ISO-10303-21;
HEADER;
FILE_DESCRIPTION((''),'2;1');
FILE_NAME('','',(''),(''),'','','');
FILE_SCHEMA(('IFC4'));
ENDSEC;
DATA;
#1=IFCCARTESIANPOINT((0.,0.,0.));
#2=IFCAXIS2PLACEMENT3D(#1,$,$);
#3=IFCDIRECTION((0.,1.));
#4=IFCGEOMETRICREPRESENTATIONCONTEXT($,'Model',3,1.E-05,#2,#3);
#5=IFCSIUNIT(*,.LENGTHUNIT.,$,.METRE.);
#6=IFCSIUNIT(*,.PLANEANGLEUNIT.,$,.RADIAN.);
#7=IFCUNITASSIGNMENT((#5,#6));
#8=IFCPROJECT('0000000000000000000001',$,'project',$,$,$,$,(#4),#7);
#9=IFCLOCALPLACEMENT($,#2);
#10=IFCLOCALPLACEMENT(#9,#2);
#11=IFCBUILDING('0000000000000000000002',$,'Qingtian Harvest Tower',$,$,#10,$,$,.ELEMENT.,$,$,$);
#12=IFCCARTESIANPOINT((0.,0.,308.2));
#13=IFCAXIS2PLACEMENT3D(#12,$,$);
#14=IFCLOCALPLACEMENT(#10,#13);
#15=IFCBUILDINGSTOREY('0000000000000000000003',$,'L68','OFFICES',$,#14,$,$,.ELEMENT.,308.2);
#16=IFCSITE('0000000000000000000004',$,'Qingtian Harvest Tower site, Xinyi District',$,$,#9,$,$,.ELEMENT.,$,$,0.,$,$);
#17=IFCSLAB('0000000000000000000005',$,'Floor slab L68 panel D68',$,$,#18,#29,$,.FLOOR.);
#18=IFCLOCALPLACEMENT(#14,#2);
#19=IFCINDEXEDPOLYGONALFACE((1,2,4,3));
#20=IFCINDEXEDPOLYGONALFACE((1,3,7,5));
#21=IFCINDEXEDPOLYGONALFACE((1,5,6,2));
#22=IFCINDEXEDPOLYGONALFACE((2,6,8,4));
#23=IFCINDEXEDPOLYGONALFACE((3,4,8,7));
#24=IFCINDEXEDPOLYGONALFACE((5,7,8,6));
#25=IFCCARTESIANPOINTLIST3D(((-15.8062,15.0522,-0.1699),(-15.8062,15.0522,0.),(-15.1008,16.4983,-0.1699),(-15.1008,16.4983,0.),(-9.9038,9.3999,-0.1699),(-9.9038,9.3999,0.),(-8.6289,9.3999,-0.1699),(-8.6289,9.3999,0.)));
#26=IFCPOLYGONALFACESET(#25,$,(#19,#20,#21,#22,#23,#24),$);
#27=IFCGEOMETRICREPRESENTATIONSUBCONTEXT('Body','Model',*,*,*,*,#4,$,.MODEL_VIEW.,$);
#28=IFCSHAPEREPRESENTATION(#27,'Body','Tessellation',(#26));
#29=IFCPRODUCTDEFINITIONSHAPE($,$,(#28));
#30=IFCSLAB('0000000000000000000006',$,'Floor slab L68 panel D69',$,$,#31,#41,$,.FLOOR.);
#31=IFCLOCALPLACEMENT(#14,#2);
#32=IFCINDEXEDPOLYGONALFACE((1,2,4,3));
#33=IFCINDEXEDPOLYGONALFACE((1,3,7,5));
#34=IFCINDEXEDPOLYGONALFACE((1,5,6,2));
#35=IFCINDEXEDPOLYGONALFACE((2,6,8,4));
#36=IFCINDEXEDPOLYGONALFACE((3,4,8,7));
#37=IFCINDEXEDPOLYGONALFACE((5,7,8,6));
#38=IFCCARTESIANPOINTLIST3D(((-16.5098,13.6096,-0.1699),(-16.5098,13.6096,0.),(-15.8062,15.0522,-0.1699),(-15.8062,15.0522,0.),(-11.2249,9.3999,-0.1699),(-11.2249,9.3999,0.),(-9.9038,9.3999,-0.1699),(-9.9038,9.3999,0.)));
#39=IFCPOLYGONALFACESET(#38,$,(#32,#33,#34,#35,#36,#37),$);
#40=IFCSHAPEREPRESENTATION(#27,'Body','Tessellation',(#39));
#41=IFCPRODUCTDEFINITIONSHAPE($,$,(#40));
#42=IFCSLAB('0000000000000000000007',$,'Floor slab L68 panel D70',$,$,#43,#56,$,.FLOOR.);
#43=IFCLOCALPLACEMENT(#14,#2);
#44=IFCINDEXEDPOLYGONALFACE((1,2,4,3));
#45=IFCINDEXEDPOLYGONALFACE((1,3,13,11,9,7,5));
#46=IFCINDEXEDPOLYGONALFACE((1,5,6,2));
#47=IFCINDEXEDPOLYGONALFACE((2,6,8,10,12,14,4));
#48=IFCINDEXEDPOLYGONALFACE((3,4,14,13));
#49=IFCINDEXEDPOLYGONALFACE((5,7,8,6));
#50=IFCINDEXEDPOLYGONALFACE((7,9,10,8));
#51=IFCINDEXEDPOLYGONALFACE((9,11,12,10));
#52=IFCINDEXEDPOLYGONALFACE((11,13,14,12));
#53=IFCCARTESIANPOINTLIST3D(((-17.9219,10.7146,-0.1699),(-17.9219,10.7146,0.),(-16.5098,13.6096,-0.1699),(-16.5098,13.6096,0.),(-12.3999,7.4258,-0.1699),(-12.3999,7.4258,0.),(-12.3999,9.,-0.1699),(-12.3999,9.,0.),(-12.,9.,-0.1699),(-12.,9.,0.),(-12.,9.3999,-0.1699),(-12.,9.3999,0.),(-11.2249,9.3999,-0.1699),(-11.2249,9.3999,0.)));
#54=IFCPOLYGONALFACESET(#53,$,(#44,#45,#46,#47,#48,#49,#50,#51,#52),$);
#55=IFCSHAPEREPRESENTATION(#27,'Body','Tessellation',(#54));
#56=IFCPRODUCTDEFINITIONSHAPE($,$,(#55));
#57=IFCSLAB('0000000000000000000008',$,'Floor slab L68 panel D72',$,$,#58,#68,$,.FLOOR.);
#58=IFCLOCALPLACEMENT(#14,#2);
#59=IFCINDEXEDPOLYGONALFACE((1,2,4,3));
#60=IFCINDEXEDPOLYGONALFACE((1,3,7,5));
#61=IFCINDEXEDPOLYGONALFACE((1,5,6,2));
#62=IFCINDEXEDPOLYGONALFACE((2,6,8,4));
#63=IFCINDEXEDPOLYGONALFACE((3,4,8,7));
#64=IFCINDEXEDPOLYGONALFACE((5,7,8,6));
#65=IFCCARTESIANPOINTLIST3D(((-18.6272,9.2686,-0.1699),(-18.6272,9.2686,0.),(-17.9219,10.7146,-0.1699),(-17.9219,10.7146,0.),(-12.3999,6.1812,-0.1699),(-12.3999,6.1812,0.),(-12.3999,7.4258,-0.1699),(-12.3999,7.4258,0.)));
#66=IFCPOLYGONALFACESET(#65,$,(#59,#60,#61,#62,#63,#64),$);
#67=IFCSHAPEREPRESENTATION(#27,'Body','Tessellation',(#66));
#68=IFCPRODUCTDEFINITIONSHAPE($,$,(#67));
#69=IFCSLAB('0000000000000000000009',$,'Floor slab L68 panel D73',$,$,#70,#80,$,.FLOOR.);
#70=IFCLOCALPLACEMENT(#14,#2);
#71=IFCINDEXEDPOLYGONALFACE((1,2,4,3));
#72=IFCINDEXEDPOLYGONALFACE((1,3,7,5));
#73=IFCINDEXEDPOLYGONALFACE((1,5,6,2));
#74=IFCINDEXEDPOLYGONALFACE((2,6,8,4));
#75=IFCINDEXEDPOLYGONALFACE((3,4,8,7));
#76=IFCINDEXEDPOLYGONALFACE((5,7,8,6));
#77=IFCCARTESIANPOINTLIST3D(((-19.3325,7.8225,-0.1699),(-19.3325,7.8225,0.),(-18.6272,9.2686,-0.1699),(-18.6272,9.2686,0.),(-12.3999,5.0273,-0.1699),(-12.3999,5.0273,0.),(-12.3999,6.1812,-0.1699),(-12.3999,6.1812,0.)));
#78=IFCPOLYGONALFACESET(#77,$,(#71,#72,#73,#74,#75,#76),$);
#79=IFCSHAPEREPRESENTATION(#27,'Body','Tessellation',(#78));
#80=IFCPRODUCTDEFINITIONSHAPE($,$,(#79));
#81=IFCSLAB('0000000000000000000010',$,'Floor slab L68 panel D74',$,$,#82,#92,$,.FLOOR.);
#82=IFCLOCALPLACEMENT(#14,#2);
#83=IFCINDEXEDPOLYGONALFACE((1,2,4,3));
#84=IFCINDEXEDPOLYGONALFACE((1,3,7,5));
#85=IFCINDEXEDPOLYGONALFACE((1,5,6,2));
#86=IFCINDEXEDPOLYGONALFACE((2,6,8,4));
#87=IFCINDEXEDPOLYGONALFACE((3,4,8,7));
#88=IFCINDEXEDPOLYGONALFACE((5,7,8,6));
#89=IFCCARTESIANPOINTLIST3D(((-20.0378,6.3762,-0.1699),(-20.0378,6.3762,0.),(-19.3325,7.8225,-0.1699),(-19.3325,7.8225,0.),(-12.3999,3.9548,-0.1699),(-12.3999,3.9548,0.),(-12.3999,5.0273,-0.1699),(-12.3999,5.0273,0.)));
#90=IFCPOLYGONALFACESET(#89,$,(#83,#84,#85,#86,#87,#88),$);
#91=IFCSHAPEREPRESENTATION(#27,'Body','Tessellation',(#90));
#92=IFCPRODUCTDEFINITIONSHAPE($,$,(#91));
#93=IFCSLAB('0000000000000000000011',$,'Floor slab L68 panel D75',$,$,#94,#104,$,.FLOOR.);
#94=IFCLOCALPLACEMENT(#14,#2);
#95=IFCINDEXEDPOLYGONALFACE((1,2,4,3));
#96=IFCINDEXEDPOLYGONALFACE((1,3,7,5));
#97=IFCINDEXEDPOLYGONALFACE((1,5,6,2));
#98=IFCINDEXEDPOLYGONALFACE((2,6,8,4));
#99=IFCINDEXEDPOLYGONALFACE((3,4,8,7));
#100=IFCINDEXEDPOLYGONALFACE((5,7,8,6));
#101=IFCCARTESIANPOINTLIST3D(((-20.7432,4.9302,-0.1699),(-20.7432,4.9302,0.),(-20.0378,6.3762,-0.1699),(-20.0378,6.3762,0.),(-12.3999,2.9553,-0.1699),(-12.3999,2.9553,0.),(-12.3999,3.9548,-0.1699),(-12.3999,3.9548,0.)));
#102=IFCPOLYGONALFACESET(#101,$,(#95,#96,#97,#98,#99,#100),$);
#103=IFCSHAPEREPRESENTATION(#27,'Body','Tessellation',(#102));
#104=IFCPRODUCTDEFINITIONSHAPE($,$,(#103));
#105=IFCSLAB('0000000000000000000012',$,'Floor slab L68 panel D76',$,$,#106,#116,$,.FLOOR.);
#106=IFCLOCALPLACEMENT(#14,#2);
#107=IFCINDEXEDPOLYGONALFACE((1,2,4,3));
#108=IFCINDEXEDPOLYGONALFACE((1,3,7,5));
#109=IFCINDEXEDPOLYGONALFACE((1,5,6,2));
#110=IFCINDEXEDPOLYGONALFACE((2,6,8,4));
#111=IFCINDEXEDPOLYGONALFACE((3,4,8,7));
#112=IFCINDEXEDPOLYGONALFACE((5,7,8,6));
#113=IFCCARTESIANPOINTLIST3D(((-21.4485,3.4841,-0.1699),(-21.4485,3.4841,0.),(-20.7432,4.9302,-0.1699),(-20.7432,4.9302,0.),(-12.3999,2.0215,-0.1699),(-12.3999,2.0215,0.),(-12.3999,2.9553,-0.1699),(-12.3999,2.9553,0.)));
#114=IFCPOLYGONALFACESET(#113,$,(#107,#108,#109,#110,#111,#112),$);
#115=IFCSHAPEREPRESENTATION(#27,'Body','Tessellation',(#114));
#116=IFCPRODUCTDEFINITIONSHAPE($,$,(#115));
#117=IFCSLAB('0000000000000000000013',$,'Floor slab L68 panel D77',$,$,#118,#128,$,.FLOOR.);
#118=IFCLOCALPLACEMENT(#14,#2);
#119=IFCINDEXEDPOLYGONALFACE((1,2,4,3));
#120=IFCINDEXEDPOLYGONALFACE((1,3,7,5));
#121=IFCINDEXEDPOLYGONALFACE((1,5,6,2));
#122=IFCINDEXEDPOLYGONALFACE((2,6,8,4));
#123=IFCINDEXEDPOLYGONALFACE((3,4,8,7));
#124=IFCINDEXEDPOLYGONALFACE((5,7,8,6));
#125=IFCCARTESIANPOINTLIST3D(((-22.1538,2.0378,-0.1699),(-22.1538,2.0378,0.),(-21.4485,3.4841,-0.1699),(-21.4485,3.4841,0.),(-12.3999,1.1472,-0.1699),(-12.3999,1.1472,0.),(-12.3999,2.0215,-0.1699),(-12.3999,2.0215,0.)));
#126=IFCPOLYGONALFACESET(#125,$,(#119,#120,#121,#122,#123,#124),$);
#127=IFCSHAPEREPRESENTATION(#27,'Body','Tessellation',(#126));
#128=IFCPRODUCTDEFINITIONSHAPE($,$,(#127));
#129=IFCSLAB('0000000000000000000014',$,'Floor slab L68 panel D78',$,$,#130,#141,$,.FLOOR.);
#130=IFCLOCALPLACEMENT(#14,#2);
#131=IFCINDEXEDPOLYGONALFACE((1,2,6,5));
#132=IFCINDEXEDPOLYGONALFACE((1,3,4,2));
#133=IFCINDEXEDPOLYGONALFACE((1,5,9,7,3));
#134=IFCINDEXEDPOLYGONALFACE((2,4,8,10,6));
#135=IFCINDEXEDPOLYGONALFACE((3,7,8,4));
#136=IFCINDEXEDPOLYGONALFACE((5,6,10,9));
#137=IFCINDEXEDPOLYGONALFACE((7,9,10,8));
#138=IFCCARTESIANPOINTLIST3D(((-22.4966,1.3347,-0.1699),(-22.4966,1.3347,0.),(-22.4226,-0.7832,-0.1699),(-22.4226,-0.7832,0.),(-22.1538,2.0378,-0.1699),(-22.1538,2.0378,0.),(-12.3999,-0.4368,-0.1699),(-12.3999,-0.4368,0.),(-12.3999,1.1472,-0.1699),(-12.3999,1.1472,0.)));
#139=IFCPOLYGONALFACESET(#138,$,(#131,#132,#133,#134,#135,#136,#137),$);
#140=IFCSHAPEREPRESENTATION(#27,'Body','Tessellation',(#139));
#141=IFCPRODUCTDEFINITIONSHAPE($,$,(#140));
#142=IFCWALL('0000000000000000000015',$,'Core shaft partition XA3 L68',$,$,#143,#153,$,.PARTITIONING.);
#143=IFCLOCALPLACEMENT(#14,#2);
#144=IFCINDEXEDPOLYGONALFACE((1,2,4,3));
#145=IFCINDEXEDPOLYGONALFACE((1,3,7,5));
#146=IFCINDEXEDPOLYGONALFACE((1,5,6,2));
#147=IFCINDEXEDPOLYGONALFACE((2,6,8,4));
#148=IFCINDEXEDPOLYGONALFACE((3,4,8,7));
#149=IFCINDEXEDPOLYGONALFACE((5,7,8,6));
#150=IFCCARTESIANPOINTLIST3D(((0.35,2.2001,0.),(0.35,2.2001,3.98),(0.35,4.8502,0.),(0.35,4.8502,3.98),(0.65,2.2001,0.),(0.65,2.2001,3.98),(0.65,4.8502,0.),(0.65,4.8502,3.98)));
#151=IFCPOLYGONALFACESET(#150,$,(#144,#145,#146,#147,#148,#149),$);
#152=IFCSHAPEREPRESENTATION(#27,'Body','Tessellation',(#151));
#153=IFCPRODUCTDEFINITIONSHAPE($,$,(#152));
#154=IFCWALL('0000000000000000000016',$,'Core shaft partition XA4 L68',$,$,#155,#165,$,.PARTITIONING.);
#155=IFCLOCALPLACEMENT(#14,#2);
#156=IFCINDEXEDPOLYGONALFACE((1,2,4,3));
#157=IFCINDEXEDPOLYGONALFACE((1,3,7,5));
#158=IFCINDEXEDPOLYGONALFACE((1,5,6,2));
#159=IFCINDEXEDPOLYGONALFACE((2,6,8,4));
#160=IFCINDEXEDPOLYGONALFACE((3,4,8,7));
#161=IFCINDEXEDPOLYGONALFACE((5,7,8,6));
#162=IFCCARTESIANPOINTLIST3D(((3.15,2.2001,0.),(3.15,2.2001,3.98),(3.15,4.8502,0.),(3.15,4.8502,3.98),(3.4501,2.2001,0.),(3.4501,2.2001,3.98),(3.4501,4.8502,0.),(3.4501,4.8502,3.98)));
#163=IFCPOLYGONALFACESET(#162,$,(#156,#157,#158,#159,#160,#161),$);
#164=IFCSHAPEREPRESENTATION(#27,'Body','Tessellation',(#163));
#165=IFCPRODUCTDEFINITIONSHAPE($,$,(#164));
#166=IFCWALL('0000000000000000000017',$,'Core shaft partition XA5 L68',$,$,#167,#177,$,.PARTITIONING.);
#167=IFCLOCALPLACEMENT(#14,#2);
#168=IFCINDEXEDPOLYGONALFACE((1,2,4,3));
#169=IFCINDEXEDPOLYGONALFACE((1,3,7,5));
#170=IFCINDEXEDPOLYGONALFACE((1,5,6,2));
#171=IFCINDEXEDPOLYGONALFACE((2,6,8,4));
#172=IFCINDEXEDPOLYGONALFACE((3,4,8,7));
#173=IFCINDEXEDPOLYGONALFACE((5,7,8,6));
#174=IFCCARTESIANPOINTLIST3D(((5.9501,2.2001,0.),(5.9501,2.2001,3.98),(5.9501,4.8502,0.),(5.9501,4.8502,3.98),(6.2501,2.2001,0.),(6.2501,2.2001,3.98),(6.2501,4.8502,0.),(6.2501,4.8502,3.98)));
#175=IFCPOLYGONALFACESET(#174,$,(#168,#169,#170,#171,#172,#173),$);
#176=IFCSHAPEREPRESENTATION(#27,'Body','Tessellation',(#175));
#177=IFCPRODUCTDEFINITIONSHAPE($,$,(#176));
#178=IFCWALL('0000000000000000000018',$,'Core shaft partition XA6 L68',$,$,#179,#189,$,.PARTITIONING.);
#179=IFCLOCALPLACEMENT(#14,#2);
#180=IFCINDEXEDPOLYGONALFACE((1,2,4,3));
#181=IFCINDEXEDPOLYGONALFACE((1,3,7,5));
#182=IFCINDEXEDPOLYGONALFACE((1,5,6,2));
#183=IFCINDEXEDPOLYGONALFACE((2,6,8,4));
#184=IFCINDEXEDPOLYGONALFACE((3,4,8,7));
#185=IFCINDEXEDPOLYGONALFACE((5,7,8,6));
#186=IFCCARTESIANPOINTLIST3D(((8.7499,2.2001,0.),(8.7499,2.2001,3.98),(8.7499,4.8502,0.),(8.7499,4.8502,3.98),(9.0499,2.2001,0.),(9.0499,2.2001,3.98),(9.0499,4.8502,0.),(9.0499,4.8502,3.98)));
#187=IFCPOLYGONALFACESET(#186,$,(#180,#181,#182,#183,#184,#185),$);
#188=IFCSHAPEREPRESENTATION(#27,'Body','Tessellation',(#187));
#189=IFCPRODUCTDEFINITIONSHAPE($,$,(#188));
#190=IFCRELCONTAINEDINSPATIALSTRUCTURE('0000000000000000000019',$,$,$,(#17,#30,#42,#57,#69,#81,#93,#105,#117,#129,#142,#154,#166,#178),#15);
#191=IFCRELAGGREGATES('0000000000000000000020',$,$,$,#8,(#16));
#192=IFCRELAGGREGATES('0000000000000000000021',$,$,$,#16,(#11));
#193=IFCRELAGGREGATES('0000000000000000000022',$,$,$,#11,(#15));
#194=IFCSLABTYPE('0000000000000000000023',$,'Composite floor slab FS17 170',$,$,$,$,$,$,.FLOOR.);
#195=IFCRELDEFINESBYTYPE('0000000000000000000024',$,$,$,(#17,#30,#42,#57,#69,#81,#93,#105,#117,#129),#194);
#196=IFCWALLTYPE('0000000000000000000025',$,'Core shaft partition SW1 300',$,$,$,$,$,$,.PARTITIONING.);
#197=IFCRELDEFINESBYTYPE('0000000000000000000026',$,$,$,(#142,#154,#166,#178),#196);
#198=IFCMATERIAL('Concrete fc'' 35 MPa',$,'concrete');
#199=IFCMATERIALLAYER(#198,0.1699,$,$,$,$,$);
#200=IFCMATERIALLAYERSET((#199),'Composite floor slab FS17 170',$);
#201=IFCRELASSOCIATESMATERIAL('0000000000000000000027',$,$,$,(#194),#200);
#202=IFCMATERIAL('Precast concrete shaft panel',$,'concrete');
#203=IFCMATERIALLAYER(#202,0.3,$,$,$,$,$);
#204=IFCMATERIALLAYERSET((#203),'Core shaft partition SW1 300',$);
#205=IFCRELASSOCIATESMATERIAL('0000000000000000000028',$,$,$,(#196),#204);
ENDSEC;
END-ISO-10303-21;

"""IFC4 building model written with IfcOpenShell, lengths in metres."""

from ifc_helpers import new_model, si_unit, direction, frame, frame_2d, origin, place, context, subcontext, project, spatial, polyline, rectangle, outline, extrude, material, layer, layer_set, type_object, element, save


model = new_model("IFC4")

# Units and contexts
model_context = context("Model", 3, precision=1e-05, world=origin(), true_north=direction((0.0, 1.0)))
body_context = subcontext(model_context, "Body", "Model", "MODEL_VIEW")
ifc_project = project(units=[si_unit("LENGTHUNIT", "METRE"), si_unit("PLANEANGLEUNIT", "RADIAN")], contexts=[model_context])

# Site, building, storey
site_placement = place(None, origin())
site = spatial("IfcSite", under=ifc_project, at=site_placement, Name="Qingtian Harvest Tower site, Xinyi District", CompositionType="ELEMENT", RefElevation=0.0)
building_placement = place(site_placement, origin())
building = spatial("IfcBuilding", under=site, at=building_placement, Name="Qingtian Harvest Tower", CompositionType="ELEMENT")
storey_placement = place(building_placement, frame((0.0, 0.0, 308.2)))
storey = spatial("IfcBuildingStorey", under=building, at=storey_placement, Name="L68", Description="OFFICES", CompositionType="ELEMENT", Elevation=308.2)

# Slabs
ifc_material_1 = material(Name="Concrete fc' 35 MPa", Category="concrete")
ifc_layer_1 = layer(ifc_material_1, 0.1699)
ifc_layer_set_1 = layer_set([ifc_layer_1], Name="Composite floor slab FS17 170")
slab_type = type_object("IfcSlabType", Name="Composite floor slab FS17 170", PredefinedType="FLOOR", material=ifc_layer_set_1)
slab_1_placement = place(storey_placement, frame((0.0, 0.0, -0.1699)))
element("IfcSlab", 1, at=slab_1_placement, inside=storey, type_object=slab_type, Name="Floor slab L68 panel D68", PredefinedType="FLOOR", context=body_context, shape_type="SweptSolid", body=[
    extrude(outline(polyline([(-9.9038, 9.3999), (-15.8062, 15.0522), (-15.1008, 16.4983), (-8.6289, 9.3999), (-9.9038, 9.3999)])), origin(), (0.0, 0.0, 1.0), 0.1699),
])
slab_2_placement = place(storey_placement, frame((0.0, 0.0, -0.1699)))
element("IfcSlab", 2, at=slab_2_placement, inside=storey, type_object=slab_type, Name="Floor slab L68 panel D69", PredefinedType="FLOOR", context=body_context, shape_type="SweptSolid", body=[
    extrude(outline(polyline([(-11.2249, 9.3999), (-16.5098, 13.6096), (-15.8062, 15.0522), (-9.9038, 9.3999), (-11.2249, 9.3999)])), origin(), (0.0, 0.0, 1.0), 0.1699),
])
slab_3_placement = place(storey_placement, frame((0.0, 0.0, -0.1699)))
element("IfcSlab", 3, at=slab_3_placement, inside=storey, type_object=slab_type, Name="Floor slab L68 panel D70", PredefinedType="FLOOR", context=body_context, shape_type="SweptSolid", body=[
    extrude(outline(polyline([(-12.0, 9.0), (-12.3999, 9.0), (-12.3999, 7.4258), (-17.9219, 10.7146), (-16.5098, 13.6096), (-11.2249, 9.3999), (-12.0, 9.3999), (-12.0, 9.0)])), origin(), (0.0, 0.0, 1.0), 0.1699),
])
slab_4_placement = place(storey_placement, frame((0.0, 0.0, -0.1699)))
element("IfcSlab", 4, at=slab_4_placement, inside=storey, type_object=slab_type, Name="Floor slab L68 panel D72", PredefinedType="FLOOR", context=body_context, shape_type="SweptSolid", body=[
    extrude(outline(polyline([(-12.3999, 6.1812), (-18.6272, 9.2686), (-17.9219, 10.7146), (-12.3999, 7.4258), (-12.3999, 6.1812)])), origin(), (0.0, 0.0, 1.0), 0.1699),
])
slab_5_placement = place(storey_placement, frame((0.0, 0.0, -0.1699)))
element("IfcSlab", 5, at=slab_5_placement, inside=storey, type_object=slab_type, Name="Floor slab L68 panel D73", PredefinedType="FLOOR", context=body_context, shape_type="SweptSolid", body=[
    extrude(outline(polyline([(-12.3999, 5.0273), (-19.3325, 7.8225), (-18.6272, 9.2686), (-12.3999, 6.1812), (-12.3999, 5.0273)])), origin(), (0.0, 0.0, 1.0), 0.1699),
])
slab_6_placement = place(storey_placement, frame((0.0, 0.0, -0.1699)))
element("IfcSlab", 6, at=slab_6_placement, inside=storey, type_object=slab_type, Name="Floor slab L68 panel D74", PredefinedType="FLOOR", context=body_context, shape_type="SweptSolid", body=[
    extrude(outline(polyline([(-12.3999, 3.9548), (-20.0378, 6.3762), (-19.3325, 7.8225), (-12.3999, 5.0273), (-12.3999, 3.9548)])), origin(), (0.0, 0.0, 1.0), 0.1699),
])
slab_7_placement = place(storey_placement, frame((0.0, 0.0, -0.1699)))
element("IfcSlab", 7, at=slab_7_placement, inside=storey, type_object=slab_type, Name="Floor slab L68 panel D75", PredefinedType="FLOOR", context=body_context, shape_type="SweptSolid", body=[
    extrude(outline(polyline([(-12.3999, 2.9553), (-20.7432, 4.9302), (-20.0378, 6.3762), (-12.3999, 3.9548), (-12.3999, 2.9553)])), origin(), (0.0, 0.0, 1.0), 0.1699),
])
slab_8_placement = place(storey_placement, frame((0.0, 0.0, -0.1699)))
element("IfcSlab", 8, at=slab_8_placement, inside=storey, type_object=slab_type, Name="Floor slab L68 panel D76", PredefinedType="FLOOR", context=body_context, shape_type="SweptSolid", body=[
    extrude(outline(polyline([(-12.3999, 2.0215), (-21.4485, 3.4841), (-20.7432, 4.9302), (-12.3999, 2.9553), (-12.3999, 2.0215)])), origin(), (0.0, 0.0, 1.0), 0.1699),
])
slab_9_placement = place(storey_placement, frame((0.0, 0.0, -0.1699)))
element("IfcSlab", 9, at=slab_9_placement, inside=storey, type_object=slab_type, Name="Floor slab L68 panel D77", PredefinedType="FLOOR", context=body_context, shape_type="SweptSolid", body=[
    extrude(outline(polyline([(-12.3999, 1.1472), (-22.1538, 2.0378), (-21.4485, 3.4841), (-12.3999, 2.0215), (-12.3999, 1.1472)])), origin(), (0.0, 0.0, 1.0), 0.1699),
])
slab_10_placement = place(storey_placement, frame((0.0, 0.0, -0.1699)))
element("IfcSlab", 10, at=slab_10_placement, inside=storey, type_object=slab_type, Name="Floor slab L68 panel D78", PredefinedType="FLOOR", context=body_context, shape_type="SweptSolid", body=[
    extrude(outline(polyline([(-12.3999, 1.1472), (-12.3999, -0.4368), (-22.4226, -0.7832), (-22.4966, 1.3347), (-22.1538, 2.0378), (-12.3999, 1.1472)])), origin(), (0.0, 0.0, 1.0), 0.1699),
])

# Walls
ifc_material_2 = material(Name="Precast concrete shaft panel", Category="concrete")
ifc_layer_2 = layer(ifc_material_2, 0.3)
ifc_layer_set_2 = layer_set([ifc_layer_2], Name="Core shaft partition SW1 300")
wall_type_1 = type_object("IfcWallType", Name="Core shaft partition SW1 300", PredefinedType="PARTITIONING", material=ifc_layer_set_2)
for number, where, z_axis, x_axis, name in (
    (11, (0.5, 2.2, 0.0), (0.0, 0.0, 1.0), (0.0, 1.0, 0.0), "Core shaft partition XA3 L68"),
    (12, (3.3, 2.2, 0.0), (0.0, 0.0, 1.0), (0.0, 1.0, 0.0), "Core shaft partition XA4 L68"),
    (13, (6.1001, 2.2, 0.0), (0.0, 0.0, 1.0), (0.0, 1.0, 0.0), "Core shaft partition XA5 L68"),
    (14, (8.8999, 2.2, 0.0), (0.0, 0.0, 1.0), (0.0, 1.0, 0.0), "Core shaft partition XA6 L68"),
):
    element("IfcWall", number, at=place(storey_placement, frame(where, z_axis=z_axis, x_axis=x_axis)), inside=storey, type_object=wall_type_1, Name=name, PredefinedType="PARTITIONING", context=body_context, shape_type="SweptSolid", body=[
        extrude(rectangle(XDim=2.6501, YDim=0.3, at=frame_2d((1.3252, 0.0))), origin(), (0.0, 0.0, 1.0), 3.98),
    ])

save(model, "model.ifc")
